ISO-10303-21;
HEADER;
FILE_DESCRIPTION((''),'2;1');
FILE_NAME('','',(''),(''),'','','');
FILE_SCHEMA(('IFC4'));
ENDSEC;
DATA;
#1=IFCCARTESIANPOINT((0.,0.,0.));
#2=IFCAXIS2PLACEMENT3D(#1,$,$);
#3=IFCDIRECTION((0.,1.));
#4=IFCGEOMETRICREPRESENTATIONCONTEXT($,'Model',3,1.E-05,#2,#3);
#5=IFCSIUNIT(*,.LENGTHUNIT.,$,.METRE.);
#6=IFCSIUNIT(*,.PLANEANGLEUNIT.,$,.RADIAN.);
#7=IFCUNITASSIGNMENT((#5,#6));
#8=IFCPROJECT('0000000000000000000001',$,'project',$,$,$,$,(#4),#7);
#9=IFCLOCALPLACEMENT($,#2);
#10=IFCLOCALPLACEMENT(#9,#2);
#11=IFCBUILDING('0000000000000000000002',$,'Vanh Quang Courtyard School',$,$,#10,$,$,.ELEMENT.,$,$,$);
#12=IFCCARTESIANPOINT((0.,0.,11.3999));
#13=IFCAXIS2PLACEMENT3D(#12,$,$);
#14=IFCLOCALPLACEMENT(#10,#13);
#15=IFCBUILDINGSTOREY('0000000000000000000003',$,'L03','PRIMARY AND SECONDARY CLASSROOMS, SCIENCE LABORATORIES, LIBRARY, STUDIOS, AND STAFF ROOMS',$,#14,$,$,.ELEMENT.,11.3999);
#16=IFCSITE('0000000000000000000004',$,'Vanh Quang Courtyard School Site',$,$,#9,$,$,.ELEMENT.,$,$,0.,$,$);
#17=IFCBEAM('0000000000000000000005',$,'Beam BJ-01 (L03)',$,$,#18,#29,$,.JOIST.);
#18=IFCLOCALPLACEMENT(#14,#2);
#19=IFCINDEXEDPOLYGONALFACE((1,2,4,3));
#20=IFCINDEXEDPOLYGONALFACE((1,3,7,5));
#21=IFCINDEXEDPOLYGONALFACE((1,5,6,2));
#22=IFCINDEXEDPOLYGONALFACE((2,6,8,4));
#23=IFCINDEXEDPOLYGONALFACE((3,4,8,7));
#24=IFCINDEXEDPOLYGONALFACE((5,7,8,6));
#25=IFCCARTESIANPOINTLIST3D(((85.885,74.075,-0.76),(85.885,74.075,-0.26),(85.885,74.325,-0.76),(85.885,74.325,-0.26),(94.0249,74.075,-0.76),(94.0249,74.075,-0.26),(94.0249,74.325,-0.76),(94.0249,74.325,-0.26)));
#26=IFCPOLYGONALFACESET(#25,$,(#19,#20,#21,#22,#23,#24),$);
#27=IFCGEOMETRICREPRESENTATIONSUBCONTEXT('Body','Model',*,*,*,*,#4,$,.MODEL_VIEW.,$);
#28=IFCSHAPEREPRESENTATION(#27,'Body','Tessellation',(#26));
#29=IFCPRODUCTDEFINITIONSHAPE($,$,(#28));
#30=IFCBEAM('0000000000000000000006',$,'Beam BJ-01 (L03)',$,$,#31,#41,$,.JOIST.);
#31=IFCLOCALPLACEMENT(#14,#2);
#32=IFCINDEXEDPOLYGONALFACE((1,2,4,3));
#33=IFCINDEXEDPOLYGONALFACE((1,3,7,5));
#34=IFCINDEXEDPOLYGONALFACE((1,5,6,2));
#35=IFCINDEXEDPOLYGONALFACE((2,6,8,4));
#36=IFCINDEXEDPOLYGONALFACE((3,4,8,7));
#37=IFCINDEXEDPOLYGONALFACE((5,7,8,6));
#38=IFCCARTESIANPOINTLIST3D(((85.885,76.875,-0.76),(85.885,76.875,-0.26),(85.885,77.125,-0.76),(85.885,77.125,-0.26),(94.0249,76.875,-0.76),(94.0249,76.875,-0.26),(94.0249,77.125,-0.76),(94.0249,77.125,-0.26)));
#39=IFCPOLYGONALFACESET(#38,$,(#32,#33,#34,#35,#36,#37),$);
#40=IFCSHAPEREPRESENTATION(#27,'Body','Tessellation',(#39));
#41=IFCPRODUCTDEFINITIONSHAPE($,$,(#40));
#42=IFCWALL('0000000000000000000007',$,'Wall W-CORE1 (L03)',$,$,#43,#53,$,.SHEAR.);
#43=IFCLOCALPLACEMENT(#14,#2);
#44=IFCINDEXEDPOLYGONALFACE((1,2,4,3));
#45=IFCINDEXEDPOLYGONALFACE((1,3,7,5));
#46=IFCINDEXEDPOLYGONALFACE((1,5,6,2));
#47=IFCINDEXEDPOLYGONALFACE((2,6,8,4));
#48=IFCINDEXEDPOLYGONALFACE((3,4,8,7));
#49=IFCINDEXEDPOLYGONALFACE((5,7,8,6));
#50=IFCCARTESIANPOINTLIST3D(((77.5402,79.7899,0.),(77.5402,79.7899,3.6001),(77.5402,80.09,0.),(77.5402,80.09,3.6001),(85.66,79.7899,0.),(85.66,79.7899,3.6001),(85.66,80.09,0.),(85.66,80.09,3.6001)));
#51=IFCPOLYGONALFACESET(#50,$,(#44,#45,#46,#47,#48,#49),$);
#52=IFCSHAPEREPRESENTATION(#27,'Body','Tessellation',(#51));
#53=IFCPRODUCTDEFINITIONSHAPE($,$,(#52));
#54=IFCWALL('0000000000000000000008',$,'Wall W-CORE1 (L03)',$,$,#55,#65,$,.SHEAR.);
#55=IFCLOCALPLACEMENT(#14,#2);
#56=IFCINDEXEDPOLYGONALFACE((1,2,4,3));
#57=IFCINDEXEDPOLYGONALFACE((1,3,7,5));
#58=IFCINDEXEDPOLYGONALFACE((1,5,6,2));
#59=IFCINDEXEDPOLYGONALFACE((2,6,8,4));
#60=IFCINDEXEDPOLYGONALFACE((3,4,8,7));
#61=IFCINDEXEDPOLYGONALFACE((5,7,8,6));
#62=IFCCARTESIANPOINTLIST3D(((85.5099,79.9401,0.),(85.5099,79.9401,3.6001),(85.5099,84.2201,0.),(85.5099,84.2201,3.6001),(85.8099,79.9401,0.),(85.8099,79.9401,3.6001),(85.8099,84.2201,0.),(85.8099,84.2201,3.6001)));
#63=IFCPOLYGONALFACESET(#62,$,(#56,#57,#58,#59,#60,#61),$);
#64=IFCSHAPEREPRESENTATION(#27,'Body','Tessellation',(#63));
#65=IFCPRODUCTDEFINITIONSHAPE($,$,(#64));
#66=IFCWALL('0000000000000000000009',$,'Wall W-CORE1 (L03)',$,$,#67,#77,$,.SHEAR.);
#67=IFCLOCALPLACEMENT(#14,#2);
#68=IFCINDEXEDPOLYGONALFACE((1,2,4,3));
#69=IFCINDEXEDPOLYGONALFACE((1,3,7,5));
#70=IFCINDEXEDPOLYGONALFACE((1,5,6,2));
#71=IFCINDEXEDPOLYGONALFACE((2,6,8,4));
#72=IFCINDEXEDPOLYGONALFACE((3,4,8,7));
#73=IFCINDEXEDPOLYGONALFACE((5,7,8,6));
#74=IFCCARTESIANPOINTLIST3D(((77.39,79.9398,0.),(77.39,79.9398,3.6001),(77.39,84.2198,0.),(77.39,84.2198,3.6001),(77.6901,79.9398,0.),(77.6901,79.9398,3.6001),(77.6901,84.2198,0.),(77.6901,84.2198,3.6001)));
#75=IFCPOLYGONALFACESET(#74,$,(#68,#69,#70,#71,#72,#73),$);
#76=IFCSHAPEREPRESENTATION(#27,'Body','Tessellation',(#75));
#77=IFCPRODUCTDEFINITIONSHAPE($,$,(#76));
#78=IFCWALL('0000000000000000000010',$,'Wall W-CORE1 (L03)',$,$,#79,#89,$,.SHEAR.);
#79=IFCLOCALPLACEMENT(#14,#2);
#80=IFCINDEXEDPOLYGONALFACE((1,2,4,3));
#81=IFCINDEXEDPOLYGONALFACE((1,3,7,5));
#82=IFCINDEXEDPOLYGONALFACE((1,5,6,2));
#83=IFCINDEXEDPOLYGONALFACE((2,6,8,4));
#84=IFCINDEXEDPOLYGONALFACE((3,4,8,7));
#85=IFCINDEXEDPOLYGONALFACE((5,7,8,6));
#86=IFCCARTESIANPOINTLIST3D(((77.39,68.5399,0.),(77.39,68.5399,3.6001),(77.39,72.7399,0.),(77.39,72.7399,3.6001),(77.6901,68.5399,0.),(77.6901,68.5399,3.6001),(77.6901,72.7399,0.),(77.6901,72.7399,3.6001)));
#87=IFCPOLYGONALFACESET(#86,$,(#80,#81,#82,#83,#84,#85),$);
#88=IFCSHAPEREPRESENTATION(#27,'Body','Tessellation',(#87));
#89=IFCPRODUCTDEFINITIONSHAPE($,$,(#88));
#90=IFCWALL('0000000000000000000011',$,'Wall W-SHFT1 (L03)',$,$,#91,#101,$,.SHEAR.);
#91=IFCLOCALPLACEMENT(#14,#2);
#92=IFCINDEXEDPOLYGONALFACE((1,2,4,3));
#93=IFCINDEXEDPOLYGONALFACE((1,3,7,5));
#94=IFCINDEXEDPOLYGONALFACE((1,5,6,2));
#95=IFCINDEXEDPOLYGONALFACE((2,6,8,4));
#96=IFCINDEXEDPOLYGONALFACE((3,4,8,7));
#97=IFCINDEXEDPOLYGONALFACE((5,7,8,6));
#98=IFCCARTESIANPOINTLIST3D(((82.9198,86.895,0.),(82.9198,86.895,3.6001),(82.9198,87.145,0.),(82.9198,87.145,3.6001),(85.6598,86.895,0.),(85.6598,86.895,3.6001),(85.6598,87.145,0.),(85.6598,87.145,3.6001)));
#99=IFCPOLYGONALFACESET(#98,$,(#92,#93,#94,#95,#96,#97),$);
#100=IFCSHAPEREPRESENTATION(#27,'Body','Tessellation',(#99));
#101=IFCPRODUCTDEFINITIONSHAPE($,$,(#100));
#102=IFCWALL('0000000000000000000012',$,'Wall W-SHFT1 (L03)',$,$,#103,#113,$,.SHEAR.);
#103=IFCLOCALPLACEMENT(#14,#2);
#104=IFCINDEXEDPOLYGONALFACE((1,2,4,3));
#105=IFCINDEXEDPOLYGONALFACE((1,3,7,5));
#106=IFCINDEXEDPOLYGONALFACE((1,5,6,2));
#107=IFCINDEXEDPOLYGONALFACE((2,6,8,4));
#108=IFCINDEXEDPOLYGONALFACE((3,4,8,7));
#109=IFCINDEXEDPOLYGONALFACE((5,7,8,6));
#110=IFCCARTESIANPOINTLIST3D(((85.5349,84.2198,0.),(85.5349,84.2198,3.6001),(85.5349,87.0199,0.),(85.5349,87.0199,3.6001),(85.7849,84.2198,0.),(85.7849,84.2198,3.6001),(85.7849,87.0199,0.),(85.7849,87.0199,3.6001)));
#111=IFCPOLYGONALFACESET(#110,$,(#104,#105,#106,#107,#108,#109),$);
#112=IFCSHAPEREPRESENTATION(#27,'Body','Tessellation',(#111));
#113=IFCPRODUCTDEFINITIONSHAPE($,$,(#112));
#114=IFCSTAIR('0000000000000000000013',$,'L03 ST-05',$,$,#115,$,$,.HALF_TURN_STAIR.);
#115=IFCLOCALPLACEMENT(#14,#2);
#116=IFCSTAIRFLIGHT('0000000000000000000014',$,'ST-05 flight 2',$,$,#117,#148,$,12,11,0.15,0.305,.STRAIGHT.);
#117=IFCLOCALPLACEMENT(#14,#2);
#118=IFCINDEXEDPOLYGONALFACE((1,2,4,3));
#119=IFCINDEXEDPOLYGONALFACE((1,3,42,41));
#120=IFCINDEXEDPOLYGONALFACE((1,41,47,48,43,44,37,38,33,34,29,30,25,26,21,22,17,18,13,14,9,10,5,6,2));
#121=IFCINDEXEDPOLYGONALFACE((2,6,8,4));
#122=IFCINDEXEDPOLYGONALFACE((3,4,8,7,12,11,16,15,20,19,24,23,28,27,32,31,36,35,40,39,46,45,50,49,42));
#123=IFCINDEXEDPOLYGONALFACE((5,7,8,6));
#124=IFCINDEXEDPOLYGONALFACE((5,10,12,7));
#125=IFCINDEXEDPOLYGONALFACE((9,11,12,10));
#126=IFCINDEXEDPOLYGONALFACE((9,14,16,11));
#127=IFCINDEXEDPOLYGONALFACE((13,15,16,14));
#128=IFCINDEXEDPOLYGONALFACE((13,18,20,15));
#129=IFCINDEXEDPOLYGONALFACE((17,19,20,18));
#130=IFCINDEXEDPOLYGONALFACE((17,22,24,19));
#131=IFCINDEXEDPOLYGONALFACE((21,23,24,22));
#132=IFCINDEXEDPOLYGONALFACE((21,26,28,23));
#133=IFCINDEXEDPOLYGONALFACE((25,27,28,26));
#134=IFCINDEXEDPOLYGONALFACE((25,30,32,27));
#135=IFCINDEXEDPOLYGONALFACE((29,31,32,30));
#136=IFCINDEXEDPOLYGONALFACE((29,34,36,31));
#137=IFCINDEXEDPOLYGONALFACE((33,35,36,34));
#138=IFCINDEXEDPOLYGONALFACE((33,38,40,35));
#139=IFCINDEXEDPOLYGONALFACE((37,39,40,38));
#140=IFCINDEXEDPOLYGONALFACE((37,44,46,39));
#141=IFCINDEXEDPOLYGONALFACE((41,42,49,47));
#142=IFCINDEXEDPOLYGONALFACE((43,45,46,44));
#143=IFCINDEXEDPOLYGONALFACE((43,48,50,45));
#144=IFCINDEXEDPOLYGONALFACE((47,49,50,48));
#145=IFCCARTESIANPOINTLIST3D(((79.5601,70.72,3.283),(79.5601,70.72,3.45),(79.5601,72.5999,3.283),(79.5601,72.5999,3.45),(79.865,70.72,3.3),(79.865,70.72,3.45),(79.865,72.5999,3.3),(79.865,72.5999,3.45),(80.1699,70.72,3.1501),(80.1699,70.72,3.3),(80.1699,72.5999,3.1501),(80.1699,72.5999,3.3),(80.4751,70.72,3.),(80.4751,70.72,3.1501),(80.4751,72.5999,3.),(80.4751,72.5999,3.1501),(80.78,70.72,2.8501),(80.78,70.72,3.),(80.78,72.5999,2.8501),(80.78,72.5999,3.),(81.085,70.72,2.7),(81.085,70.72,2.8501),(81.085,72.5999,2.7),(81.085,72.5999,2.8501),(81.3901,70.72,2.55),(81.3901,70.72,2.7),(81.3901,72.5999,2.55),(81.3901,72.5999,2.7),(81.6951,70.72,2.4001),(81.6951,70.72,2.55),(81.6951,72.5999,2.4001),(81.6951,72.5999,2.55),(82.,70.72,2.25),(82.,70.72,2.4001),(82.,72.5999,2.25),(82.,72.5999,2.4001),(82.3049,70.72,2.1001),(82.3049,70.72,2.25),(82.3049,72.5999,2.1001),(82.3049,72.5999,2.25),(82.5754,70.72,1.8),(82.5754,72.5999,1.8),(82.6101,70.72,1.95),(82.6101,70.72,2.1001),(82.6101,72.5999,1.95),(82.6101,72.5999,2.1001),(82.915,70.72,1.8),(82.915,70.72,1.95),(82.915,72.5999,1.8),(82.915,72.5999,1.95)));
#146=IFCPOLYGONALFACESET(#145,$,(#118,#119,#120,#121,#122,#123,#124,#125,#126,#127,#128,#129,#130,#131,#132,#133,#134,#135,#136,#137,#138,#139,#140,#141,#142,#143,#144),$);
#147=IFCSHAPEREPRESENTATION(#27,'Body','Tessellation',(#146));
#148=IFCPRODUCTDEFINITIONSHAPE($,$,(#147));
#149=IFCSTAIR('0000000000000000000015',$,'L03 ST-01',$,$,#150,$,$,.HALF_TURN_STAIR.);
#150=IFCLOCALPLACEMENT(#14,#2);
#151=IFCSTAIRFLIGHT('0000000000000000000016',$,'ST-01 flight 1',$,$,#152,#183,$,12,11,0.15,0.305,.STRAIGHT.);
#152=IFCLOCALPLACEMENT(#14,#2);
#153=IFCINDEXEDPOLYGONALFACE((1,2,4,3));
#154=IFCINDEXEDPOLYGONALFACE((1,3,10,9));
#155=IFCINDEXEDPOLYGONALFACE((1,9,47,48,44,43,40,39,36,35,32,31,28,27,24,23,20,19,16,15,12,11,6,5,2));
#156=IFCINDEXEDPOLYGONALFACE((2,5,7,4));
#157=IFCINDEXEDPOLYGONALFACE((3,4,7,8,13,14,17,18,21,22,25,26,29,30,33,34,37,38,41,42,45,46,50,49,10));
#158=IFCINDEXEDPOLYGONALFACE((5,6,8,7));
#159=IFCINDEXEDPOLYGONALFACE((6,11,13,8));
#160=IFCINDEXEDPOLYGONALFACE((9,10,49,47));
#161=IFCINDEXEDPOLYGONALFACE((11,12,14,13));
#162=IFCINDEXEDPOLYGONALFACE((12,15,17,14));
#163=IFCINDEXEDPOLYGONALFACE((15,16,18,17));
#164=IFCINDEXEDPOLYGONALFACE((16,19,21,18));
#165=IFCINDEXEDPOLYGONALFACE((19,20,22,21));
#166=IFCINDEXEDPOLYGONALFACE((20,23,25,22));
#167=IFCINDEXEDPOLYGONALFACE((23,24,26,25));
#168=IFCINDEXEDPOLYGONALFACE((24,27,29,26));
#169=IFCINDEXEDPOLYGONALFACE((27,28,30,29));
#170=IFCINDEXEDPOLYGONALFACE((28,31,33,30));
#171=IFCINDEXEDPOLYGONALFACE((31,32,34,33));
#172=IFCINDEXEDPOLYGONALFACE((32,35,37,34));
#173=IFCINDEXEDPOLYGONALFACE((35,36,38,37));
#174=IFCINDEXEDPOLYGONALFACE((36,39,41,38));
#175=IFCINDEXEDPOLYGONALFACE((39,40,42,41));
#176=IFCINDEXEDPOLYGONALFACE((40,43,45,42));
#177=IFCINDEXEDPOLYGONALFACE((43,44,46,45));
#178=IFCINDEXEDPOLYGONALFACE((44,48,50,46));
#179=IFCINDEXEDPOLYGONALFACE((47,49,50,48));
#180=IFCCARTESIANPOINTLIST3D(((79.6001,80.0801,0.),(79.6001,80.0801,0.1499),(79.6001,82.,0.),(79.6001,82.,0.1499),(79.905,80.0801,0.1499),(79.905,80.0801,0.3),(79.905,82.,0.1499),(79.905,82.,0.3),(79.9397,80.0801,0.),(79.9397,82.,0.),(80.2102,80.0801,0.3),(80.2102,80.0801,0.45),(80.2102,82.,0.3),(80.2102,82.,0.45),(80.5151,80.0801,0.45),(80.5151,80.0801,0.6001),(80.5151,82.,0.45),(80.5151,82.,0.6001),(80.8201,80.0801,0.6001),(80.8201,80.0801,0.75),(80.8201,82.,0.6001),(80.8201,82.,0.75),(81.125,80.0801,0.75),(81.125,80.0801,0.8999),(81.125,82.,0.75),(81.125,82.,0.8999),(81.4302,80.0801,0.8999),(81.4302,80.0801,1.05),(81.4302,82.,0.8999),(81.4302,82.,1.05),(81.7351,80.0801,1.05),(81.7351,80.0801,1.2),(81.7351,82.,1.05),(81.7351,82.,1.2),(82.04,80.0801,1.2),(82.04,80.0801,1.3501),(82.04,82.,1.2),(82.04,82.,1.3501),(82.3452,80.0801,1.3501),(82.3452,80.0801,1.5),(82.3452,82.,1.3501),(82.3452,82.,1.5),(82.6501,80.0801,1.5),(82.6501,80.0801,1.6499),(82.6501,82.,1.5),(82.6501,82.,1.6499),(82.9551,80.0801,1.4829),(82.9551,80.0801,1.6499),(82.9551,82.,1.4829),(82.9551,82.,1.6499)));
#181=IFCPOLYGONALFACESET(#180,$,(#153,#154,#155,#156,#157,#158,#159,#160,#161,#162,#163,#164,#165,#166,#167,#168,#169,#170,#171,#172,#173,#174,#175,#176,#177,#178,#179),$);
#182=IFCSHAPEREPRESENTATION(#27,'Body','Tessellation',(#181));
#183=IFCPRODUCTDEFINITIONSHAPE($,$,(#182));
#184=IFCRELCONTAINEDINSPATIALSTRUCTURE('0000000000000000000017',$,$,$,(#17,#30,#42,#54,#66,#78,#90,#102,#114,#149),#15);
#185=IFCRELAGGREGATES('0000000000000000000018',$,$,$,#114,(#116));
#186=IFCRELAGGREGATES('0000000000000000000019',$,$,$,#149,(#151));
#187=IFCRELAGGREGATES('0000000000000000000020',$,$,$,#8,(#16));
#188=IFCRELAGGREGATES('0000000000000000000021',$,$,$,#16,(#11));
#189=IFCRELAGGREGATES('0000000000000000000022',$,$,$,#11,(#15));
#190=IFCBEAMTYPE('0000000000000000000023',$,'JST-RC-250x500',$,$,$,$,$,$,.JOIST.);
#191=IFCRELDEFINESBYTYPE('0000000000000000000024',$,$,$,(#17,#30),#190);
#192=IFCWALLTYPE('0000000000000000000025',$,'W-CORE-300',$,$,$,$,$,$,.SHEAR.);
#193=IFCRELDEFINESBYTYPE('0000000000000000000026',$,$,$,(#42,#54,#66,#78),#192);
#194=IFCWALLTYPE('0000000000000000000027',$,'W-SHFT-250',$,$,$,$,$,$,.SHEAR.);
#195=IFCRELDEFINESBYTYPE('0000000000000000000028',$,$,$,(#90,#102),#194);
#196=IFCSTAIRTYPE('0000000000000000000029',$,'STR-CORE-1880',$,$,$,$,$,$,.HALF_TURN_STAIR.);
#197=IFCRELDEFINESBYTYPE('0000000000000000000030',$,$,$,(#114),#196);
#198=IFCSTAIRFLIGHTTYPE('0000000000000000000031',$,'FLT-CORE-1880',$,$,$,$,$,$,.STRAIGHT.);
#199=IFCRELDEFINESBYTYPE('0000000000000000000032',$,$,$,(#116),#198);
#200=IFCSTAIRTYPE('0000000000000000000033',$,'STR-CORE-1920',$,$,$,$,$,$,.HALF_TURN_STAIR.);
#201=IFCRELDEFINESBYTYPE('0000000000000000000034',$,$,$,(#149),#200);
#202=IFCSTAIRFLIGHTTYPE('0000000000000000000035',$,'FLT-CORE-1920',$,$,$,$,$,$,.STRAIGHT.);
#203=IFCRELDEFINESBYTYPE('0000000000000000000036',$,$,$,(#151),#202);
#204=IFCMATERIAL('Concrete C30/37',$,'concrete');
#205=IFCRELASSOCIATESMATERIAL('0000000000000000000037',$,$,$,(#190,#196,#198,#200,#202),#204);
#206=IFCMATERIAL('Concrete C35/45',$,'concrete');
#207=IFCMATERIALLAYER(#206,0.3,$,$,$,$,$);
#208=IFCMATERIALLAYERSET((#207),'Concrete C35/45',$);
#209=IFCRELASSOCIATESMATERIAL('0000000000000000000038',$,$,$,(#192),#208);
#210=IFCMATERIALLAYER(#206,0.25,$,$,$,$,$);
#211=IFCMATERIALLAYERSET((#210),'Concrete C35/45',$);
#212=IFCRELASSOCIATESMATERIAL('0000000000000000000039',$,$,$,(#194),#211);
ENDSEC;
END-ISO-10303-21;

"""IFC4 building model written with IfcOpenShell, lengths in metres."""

from ifc_helpers import new_model, si_unit, direction, frame, frame_2d, origin, origin_2d, place, context, subcontext, project, spatial, polyline, rectangle, outline, extrude, material, layer, layer_set, material_profile, profile_set, type_object, element, aggregate, save


model = new_model("IFC4")

# Units and contexts
model_context = context("Model", 3, precision=1e-05, world=origin(), true_north=direction((0.0, 1.0)))
body_context = subcontext(model_context, "Body", "Model", "MODEL_VIEW")
ifc_project = project(units=[si_unit("LENGTHUNIT", "METRE"), si_unit("PLANEANGLEUNIT", "RADIAN")], contexts=[model_context])

# Site, building, storey
site_placement = place(None, origin())
site = spatial("IfcSite", under=ifc_project, at=site_placement, Name="Vanh Quang Courtyard School Site", CompositionType="ELEMENT", RefElevation=0.0)
building_placement = place(site_placement, origin())
building = spatial("IfcBuilding", under=site, at=building_placement, Name="Vanh Quang Courtyard School", CompositionType="ELEMENT")
storey_placement = place(building_placement, frame((0.0, 0.0, 11.3999)))
storey = spatial("IfcBuildingStorey", under=building, at=storey_placement, Name="L03", Description="PRIMARY AND SECONDARY CLASSROOMS, SCIENCE LABORATORIES, LIBRARY, STUDIOS, AND STAFF ROOMS", CompositionType="ELEMENT", Elevation=11.3999)

# Shared definitions
ifc_material_1 = material(Name="Concrete C35/45", Category="concrete")

# Beams
ifc_material_2 = material(Name="Concrete C30/37", Category="concrete")
ifc_material_profile_1 = material_profile(ifc_material_2, rectangle(XDim=0.25, YDim=0.5, at=origin_2d()), Name="RC-JST 250x500")
ifc_profile_set_1 = profile_set([ifc_material_profile_1], Name="Concrete C30/37")
beam_type_1 = type_object("IfcBeamType", Name="JST-RC-250x500", PredefinedType="JOIST", material=ifc_profile_set_1)
for number, where, z_axis, x_axis, name in (
    (1, (85.885, 74.2, -0.51), (1.0, 0.0, 0.0), (0.0, 1.0, 0.0), "Beam BJ-01 (L03)"),
    (2, (85.885, 77.0, -0.51), (1.0, 0.0, 0.0), (0.0, 1.0, 0.0), "Beam BJ-01 (L03)"),
):
    element("IfcBeam", number, at=place(storey_placement, frame(where, z_axis=z_axis, x_axis=x_axis)), inside=storey, type_object=beam_type_1, Name=name, PredefinedType="JOIST", context=body_context, shape_type="SweptSolid", body=[
        extrude(rectangle(XDim=0.25, YDim=0.5, at=origin_2d()), origin(), (0.0, 0.0, 1.0), 8.1399),
    ])

# Walls
ifc_layer_1 = layer(ifc_material_1, 0.3)
ifc_layer_set_1 = layer_set([ifc_layer_1], Name="Concrete C35/45")
wall_type_1 = type_object("IfcWallType", Name="W-CORE-300", PredefinedType="SHEAR", material=ifc_layer_set_1)
wall_1_placement = place(storey_placement, frame((77.54, 79.9399, 0.0), z_axis=(0.0, 0.0, 1.0), x_axis=(1.0, 0.0, 0.0)))
element("IfcWall", 3, at=wall_1_placement, inside=storey, type_object=wall_type_1, Name="Wall W-CORE1 (L03)", PredefinedType="SHEAR", context=body_context, shape_type="SweptSolid", body=[
    extrude(rectangle(XDim=8.1199, YDim=0.3, at=frame_2d((4.0601, 0.0))), origin(), (0.0, 0.0, 1.0), 3.6001),
])
wall_2_placement = place(storey_placement, frame((85.6599, 79.9399, 0.0), z_axis=(0.0, 0.0, 1.0), x_axis=(0.0, 1.0, 0.0)))
element("IfcWall", 4, at=wall_2_placement, inside=storey, type_object=wall_type_1, Name="Wall W-CORE1 (L03)", PredefinedType="SHEAR", context=body_context, shape_type="SweptSolid", body=[
    extrude(rectangle(XDim=4.28, YDim=0.3, at=frame_2d((2.1401, 0.0))), origin(), (0.0, 0.0, 1.0), 3.6001),
])

# Wall
wall_3_placement = place(storey_placement, frame((77.54, 84.22, 0.0), z_axis=(0.0, 0.0, 1.0), x_axis=(0.0, -1.0, 0.0)))
element("IfcWall", 5, at=wall_3_placement, inside=storey, type_object=wall_type_1, Name="Wall W-CORE1 (L03)", PredefinedType="SHEAR", context=body_context, shape_type="SweptSolid", body=[
    extrude(rectangle(XDim=4.28, YDim=0.3, at=frame_2d((2.1401, 0.0))), origin(), (0.0, 0.0, 1.0), 3.6001),
])

# Wall
wall_4_placement = place(storey_placement, frame((77.54, 72.74, 0.0), z_axis=(0.0, 0.0, 1.0), x_axis=(0.0, -1.0, 0.0)))
element("IfcWall", 6, at=wall_4_placement, inside=storey, type_object=wall_type_1, Name="Wall W-CORE1 (L03)", PredefinedType="SHEAR", context=body_context, shape_type="SweptSolid", body=[
    extrude(rectangle(XDim=4.2, YDim=0.3, at=frame_2d((2.1001, 0.0))), origin(), (0.0, 0.0, 1.0), 3.6001),
])

# Shared definitions
ifc_layer_2 = layer(ifc_material_1, 0.25)
ifc_layer_set_2 = layer_set([ifc_layer_2], Name="Concrete C35/45")
wall_type_2 = type_object("IfcWallType", Name="W-SHFT-250", PredefinedType="SHEAR", material=ifc_layer_set_2)

# Walls
wall_5_placement = place(storey_placement, frame((85.6599, 87.02, 0.0), z_axis=(0.0, 0.0, 1.0), x_axis=(-1.0, 0.0, 0.0)))
element("IfcWall", 7, at=wall_5_placement, inside=storey, type_object=wall_type_2, Name="Wall W-SHFT1 (L03)", PredefinedType="SHEAR", context=body_context, shape_type="SweptSolid", body=[
    extrude(rectangle(XDim=2.74, YDim=0.25, at=frame_2d((1.3701, 0.0))), origin(), (0.0, 0.0, 1.0), 3.6001),
])
wall_6_placement = place(storey_placement, frame((85.6599, 84.22, 0.0), z_axis=(0.0, 0.0, 1.0), x_axis=(0.0, 1.0, 0.0)))
element("IfcWall", 8, at=wall_6_placement, inside=storey, type_object=wall_type_2, Name="Wall W-SHFT1 (L03)", PredefinedType="SHEAR", context=body_context, shape_type="SweptSolid", body=[
    extrude(rectangle(XDim=2.8, YDim=0.25, at=frame_2d((1.3999, 0.0))), origin(), (0.0, 0.0, 1.0), 3.6001),
])

# Stair, stair flight
stair_type_1 = type_object("IfcStairType", Name="STR-CORE-1880", PredefinedType="HALF_TURN_STAIR", material=ifc_material_2)
stair_1_placement = place(storey_placement, origin())
stair_1 = element("IfcStair", 9, at=stair_1_placement, inside=storey, type_object=stair_type_1, Name="L03 ST-05", PredefinedType="HALF_TURN_STAIR")
stair_flight_type_1 = type_object("IfcStairFlightType", Name="FLT-CORE-1880", PredefinedType="STRAIGHT", material=ifc_material_2)
stair_flight_1_placement = place(storey_placement, frame((82.915, 71.6599, 1.8), z_axis=(0.0, 0.0, 1.0), x_axis=(-1.0, 0.0, 0.0)))
stair_flight_1 = element("IfcStairFlight", 10, at=stair_flight_1_placement, type_object=stair_flight_type_1, Name="ST-05 flight 2", NumberOfRisers=12, NumberOfTreads=11, PredefinedType="STRAIGHT", RiserHeight=0.15, TreadLength=0.305, context=body_context, shape_type="SweptSolid", body=[
    extrude(outline(polyline([(0.0, 0.0), (0.0, 0.1499), (0.3049, 0.1499), (0.3049, 0.3), (0.6101, 0.3), (0.6101, 0.45), (0.915, 0.45), (0.915, 0.6001), (1.22, 0.6001), (1.22, 0.75), (1.5249, 0.75), (1.5249, 0.8999), (1.8301, 0.8999), (1.8301, 1.05), (2.135, 1.05), (2.135, 1.2), (2.4399, 1.2), (2.4399, 1.3501), (2.7451, 1.3501), (2.7451, 1.5), (3.05, 1.5), (3.05, 1.6499), (3.355, 1.6499), (3.355, 1.8), (3.355, 1.4829), (0.3396, 0.0), (0.0, 0.0)])), frame((0.0, 0.9399, 0.0), z_axis=(0.0, -1.0, 0.0), x_axis=(1.0, 0.0, 0.0)), (0.0, 0.0, 1.0), 1.8799),
])
aggregate(stair_1, [stair_flight_1])

# Stair, stair flight
stair_type_2 = type_object("IfcStairType", Name="STR-CORE-1920", PredefinedType="HALF_TURN_STAIR", material=ifc_material_2)
stair_2_placement = place(storey_placement, origin())
stair_2 = element("IfcStair", 11, at=stair_2_placement, inside=storey, type_object=stair_type_2, Name="L03 ST-01", PredefinedType="HALF_TURN_STAIR")
stair_flight_type_2 = type_object("IfcStairFlightType", Name="FLT-CORE-1920", PredefinedType="STRAIGHT", material=ifc_material_2)
stair_flight_2_placement = place(storey_placement, frame((79.6001, 81.04, 0.0), z_axis=(0.0, 0.0, 1.0), x_axis=(1.0, 0.0, 0.0)))
stair_flight_2 = element("IfcStairFlight", 12, at=stair_flight_2_placement, type_object=stair_flight_type_2, Name="ST-01 flight 1", NumberOfRisers=12, NumberOfTreads=11, PredefinedType="STRAIGHT", RiserHeight=0.15, TreadLength=0.305, context=body_context, shape_type="SweptSolid", body=[
    extrude(outline(polyline([(0.0, 0.0), (0.0, 0.1499), (0.3049, 0.1499), (0.3049, 0.3), (0.6101, 0.3), (0.6101, 0.45), (0.915, 0.45), (0.915, 0.6001), (1.22, 0.6001), (1.22, 0.75), (1.5249, 0.75), (1.5249, 0.8999), (1.8301, 0.8999), (1.8301, 1.05), (2.135, 1.05), (2.135, 1.2), (2.4399, 1.2), (2.4399, 1.3501), (2.7451, 1.3501), (2.7451, 1.5), (3.05, 1.5), (3.05, 1.6499), (3.355, 1.6499), (3.355, 1.8), (3.355, 1.4829), (0.3396, 0.0), (0.0, 0.0)])), frame((0.0, 0.96, 0.0), z_axis=(0.0, -1.0, 0.0), x_axis=(1.0, 0.0, 0.0)), (0.0, 0.0, 1.0), 1.9199),
])
aggregate(stair_2, [stair_flight_2])

save(model, "model.ifc")
